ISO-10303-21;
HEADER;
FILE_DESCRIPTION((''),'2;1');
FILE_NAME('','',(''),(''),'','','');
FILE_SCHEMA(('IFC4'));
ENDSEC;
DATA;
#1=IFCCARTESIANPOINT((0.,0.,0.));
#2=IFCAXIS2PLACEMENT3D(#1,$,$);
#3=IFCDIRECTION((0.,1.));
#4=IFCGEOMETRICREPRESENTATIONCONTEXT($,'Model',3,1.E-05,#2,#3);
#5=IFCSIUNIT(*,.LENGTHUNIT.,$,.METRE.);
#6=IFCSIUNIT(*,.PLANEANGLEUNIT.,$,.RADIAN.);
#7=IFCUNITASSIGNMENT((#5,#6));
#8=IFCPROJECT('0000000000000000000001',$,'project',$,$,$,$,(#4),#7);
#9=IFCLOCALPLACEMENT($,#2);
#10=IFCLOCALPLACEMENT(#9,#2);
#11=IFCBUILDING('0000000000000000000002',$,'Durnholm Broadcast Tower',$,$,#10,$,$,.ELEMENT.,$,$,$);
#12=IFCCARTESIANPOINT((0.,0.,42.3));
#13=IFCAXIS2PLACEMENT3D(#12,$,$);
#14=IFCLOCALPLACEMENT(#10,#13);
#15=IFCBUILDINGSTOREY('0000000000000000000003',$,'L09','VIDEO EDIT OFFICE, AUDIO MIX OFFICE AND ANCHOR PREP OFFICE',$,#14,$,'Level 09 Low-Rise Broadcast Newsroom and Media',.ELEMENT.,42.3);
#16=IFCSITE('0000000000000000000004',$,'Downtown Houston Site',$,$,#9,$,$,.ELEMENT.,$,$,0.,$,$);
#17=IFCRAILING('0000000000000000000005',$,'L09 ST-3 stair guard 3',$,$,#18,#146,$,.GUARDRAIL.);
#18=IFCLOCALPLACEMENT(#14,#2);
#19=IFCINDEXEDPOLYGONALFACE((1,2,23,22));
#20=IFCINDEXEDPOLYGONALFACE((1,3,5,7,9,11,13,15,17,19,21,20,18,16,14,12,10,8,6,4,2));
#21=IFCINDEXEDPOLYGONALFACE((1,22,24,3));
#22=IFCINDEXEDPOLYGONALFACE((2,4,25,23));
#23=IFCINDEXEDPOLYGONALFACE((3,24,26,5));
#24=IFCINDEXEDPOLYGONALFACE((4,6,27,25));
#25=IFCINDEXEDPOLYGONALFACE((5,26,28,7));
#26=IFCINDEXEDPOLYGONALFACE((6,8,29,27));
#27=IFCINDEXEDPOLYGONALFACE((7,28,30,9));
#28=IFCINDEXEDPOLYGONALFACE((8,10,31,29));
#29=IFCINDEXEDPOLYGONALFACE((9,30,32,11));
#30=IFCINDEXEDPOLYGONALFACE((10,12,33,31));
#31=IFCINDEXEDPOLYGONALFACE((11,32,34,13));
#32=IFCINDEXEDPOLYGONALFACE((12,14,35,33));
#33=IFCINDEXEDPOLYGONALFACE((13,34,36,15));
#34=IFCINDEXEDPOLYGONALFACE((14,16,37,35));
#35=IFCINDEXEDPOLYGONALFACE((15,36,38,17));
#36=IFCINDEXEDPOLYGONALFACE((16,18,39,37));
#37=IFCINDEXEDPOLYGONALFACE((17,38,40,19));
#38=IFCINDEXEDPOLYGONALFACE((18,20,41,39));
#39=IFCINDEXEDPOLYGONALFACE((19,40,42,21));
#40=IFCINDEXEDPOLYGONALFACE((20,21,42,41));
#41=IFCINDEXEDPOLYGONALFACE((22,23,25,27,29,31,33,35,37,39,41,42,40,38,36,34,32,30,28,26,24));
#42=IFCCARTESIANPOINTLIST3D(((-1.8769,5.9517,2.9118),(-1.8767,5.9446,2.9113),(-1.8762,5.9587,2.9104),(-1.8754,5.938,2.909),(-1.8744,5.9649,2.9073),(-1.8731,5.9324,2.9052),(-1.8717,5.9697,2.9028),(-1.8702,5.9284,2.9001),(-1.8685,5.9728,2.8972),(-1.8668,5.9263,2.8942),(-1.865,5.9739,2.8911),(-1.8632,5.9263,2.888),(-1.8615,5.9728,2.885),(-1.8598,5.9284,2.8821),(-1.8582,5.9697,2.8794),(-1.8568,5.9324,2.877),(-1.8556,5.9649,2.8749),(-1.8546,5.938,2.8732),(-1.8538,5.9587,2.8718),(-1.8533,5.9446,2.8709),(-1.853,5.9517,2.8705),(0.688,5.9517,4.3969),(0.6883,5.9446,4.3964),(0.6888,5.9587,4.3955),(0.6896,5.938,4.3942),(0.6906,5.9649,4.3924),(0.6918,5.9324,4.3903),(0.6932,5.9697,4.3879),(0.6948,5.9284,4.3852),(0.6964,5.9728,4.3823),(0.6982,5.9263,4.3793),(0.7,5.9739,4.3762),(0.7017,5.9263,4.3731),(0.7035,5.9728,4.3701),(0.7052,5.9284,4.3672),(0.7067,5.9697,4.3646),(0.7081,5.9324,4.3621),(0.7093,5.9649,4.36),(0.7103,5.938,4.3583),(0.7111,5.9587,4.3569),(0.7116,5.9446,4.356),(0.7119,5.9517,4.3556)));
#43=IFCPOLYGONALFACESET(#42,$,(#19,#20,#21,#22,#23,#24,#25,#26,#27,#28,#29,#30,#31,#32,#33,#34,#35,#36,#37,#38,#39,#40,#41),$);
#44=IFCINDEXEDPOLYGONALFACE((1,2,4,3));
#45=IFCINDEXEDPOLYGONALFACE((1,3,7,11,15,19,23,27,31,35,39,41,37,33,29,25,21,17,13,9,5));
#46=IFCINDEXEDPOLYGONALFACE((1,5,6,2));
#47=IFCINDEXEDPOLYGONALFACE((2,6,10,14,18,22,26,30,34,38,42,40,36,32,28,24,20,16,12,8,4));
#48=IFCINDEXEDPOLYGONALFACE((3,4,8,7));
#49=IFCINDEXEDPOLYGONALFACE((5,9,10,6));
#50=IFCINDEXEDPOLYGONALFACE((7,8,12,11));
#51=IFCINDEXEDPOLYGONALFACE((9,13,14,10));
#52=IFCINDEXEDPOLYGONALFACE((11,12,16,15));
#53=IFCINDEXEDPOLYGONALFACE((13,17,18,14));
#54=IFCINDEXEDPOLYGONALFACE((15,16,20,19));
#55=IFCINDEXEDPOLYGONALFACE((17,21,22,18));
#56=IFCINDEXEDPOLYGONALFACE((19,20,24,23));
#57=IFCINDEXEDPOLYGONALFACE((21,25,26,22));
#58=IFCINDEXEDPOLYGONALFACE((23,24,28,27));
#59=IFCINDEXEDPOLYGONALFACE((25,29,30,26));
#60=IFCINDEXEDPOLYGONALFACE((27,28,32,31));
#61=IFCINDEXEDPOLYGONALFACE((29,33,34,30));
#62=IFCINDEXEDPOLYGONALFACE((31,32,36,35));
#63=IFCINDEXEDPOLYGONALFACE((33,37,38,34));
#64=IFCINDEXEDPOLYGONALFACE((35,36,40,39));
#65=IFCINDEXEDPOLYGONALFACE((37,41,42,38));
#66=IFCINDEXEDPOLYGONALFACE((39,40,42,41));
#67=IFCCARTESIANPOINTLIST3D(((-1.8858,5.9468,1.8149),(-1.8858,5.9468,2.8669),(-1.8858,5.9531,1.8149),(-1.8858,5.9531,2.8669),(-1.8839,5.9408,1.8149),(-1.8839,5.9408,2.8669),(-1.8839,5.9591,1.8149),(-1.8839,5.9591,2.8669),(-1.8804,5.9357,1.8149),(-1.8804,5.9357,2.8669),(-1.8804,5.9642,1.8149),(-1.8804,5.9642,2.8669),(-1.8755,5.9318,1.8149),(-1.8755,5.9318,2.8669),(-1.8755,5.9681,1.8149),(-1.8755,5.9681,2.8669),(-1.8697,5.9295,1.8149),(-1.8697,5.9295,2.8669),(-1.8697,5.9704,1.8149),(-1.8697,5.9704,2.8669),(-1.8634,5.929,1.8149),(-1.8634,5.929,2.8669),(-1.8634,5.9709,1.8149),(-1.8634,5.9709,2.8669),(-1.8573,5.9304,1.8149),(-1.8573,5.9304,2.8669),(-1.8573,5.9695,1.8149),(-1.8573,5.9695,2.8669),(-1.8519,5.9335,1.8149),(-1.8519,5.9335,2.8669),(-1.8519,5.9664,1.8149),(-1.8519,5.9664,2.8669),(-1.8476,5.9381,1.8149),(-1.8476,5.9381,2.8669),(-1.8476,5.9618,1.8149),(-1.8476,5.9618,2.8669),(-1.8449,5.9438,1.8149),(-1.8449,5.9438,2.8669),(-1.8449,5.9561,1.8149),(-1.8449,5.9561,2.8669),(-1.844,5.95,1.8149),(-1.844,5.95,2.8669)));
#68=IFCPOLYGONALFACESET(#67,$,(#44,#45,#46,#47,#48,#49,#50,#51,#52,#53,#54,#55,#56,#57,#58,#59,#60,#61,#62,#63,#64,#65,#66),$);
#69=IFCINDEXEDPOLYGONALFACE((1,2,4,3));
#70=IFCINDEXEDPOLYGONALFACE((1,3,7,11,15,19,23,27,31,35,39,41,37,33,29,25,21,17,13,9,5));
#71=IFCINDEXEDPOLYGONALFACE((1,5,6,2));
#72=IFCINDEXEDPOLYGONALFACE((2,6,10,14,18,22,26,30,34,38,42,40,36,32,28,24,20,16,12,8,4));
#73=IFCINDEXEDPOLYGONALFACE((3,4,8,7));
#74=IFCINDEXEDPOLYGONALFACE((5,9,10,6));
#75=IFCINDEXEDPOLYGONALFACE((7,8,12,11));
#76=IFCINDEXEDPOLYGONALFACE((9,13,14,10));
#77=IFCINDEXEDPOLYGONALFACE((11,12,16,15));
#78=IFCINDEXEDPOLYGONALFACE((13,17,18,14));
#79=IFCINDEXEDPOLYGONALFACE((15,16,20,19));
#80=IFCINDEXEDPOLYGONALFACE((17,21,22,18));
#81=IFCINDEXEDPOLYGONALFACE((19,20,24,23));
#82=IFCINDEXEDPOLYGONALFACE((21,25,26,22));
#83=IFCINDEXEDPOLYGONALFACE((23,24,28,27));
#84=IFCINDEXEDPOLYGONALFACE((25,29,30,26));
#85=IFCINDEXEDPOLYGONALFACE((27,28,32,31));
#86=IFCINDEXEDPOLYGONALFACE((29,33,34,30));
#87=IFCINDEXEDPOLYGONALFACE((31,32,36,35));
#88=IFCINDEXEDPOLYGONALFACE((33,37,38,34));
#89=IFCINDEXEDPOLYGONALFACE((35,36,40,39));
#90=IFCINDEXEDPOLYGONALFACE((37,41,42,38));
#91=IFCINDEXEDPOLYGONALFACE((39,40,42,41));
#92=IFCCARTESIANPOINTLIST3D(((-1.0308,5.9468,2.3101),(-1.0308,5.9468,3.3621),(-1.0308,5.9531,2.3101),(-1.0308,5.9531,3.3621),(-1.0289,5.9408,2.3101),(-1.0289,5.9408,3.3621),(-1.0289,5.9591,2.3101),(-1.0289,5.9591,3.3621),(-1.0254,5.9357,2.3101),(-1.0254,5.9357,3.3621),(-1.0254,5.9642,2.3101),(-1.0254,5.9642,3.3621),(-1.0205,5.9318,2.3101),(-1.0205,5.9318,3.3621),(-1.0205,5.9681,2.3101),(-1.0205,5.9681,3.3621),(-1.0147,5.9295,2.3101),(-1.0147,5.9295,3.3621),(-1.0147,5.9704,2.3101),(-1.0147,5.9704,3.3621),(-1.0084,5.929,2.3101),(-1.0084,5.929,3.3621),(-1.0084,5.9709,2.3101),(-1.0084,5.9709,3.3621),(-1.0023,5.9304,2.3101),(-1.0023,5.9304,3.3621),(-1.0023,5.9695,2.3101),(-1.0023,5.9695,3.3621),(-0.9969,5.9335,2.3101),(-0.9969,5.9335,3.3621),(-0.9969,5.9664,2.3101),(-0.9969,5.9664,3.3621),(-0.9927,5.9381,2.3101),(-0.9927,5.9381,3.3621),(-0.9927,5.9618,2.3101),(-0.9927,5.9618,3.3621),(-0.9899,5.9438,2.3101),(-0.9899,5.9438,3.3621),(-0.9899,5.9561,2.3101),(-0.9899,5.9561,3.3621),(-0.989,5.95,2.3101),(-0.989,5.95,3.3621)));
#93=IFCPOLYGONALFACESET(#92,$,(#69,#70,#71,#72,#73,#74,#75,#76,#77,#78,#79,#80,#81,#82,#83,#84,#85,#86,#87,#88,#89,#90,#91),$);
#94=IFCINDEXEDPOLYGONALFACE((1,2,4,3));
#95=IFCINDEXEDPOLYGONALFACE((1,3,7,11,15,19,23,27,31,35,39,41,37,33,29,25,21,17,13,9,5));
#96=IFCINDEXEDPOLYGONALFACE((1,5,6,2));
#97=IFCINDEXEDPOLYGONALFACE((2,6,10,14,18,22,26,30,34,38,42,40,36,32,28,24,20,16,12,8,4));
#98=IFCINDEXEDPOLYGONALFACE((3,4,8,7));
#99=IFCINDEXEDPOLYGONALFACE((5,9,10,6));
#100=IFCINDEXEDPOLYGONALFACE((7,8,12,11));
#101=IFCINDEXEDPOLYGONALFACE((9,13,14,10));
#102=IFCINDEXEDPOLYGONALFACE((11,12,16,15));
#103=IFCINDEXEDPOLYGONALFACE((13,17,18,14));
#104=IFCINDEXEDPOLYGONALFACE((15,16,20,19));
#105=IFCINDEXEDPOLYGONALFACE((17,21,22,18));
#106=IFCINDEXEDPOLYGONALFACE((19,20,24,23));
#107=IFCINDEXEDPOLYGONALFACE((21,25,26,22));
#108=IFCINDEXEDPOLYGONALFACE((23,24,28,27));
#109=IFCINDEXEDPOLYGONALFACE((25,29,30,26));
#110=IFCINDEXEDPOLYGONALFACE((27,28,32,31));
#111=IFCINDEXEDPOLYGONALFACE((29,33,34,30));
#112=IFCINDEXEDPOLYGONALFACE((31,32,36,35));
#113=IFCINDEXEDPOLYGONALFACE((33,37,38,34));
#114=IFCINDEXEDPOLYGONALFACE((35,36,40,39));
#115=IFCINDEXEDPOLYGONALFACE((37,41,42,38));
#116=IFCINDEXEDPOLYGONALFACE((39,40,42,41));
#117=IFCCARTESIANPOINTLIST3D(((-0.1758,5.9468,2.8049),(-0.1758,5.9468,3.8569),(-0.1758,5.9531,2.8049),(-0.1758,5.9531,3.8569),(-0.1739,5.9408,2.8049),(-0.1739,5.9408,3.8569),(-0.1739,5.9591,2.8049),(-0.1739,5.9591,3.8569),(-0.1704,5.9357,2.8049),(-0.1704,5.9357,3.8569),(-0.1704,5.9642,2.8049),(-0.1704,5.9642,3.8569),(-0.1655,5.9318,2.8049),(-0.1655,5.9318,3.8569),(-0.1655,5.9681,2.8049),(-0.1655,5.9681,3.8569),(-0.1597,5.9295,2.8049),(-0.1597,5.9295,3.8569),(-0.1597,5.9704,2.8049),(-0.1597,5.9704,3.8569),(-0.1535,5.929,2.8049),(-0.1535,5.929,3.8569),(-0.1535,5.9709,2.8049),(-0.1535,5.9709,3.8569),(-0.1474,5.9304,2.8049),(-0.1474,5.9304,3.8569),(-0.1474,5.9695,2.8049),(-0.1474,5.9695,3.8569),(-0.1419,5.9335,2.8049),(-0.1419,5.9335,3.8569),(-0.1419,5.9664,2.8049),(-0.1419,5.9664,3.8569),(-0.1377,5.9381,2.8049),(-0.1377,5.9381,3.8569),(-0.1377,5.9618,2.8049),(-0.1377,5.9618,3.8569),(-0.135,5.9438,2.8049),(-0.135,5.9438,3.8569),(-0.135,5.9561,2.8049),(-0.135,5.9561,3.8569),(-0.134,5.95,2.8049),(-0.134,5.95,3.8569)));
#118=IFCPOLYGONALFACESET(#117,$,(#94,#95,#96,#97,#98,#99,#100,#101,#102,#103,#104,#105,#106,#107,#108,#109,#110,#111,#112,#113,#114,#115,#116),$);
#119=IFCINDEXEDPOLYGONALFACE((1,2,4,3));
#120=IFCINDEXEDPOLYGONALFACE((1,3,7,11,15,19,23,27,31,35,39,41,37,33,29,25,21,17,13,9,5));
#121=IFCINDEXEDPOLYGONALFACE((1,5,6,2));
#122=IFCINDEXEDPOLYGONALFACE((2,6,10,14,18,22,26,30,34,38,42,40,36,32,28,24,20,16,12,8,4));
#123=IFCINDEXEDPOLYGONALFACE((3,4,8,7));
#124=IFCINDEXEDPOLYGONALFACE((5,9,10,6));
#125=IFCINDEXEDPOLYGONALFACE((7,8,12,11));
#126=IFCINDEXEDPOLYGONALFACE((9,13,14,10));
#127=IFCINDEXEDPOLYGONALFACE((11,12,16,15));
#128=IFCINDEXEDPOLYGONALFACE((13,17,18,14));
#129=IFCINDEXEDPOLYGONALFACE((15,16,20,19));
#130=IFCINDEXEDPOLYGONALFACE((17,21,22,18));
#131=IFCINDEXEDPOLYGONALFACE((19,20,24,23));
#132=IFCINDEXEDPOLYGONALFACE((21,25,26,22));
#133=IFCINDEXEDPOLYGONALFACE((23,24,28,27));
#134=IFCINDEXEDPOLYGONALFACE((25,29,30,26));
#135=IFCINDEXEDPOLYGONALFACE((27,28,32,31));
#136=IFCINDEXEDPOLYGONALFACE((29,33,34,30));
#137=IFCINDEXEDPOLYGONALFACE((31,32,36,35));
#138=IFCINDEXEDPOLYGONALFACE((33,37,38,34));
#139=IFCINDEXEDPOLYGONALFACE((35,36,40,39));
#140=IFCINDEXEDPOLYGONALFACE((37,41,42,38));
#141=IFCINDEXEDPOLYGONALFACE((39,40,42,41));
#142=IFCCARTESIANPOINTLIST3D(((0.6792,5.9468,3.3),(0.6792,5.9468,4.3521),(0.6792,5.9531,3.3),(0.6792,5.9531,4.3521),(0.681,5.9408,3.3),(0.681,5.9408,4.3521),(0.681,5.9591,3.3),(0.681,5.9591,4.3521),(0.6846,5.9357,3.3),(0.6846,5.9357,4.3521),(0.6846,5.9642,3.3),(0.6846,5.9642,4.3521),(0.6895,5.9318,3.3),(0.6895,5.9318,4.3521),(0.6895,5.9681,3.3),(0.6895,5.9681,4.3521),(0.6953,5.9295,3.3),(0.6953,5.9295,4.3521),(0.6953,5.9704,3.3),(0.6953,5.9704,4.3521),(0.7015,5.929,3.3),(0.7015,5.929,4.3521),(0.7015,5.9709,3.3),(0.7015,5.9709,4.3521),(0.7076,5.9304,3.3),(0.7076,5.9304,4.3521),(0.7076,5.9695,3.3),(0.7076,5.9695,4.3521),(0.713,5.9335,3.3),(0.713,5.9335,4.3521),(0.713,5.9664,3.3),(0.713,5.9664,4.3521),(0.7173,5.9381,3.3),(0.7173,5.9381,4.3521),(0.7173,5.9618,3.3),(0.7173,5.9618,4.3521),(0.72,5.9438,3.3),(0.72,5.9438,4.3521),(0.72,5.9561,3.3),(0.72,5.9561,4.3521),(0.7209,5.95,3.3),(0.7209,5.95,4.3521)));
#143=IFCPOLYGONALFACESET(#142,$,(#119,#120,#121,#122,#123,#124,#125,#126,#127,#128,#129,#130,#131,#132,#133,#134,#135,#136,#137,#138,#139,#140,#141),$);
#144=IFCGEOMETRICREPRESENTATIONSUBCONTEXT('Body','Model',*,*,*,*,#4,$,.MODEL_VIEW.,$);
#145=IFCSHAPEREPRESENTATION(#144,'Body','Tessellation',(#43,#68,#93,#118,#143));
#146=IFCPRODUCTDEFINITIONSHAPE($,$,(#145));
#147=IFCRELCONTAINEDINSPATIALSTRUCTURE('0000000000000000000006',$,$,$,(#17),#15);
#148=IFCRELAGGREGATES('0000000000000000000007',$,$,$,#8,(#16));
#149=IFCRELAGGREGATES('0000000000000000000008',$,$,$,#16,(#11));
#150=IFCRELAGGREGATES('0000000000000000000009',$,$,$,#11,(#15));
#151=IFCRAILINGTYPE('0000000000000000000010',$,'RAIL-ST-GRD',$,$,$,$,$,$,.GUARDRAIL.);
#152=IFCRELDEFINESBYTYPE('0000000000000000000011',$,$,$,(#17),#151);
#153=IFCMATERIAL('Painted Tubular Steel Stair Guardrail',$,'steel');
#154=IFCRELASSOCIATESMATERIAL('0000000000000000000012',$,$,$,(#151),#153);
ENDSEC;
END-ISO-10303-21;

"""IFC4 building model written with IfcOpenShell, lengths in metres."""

from ifc_helpers import new_model, si_unit, direction, frame, origin, origin_2d, place, context, subcontext, project, spatial, circle, extrude, material, type_object, element, save


model = new_model("IFC4")

# Units and contexts
model_context = context("Model", 3, precision=1e-05, world=origin(), true_north=direction((0.0, 1.0)))
body_context = subcontext(model_context, "Body", "Model", "MODEL_VIEW")
ifc_project = project(units=[si_unit("LENGTHUNIT", "METRE"), si_unit("PLANEANGLEUNIT", "RADIAN")], contexts=[model_context])

# Site, building, storey
site_placement = place(None, origin())
site = spatial("IfcSite", under=ifc_project, at=site_placement, Name="Downtown Houston Site", CompositionType="ELEMENT", RefElevation=0.0)
building_placement = place(site_placement, origin())
building = spatial("IfcBuilding", under=site, at=building_placement, Name="Durnholm Broadcast Tower", CompositionType="ELEMENT")
storey_placement = place(building_placement, frame((0.0, 0.0, 42.3)))
storey = spatial("IfcBuildingStorey", under=building, at=storey_placement, Name="L09", Description="VIDEO EDIT OFFICE, AUDIO MIX OFFICE AND ANCHOR PREP OFFICE", LongName="Level 09 Low-Rise Broadcast Newsroom and Media", CompositionType="ELEMENT", Elevation=42.3)

# Railing
ifc_material_1 = material(Name="Painted Tubular Steel Stair Guardrail", Category="steel")
railing_type_1 = type_object("IfcRailingType", Name="RAIL-ST-GRD", PredefinedType="GUARDRAIL", material=ifc_material_1)
railing_1_placement = place(storey_placement, frame((-1.865, 5.95, 1.8149)))
element("IfcRailing", 1, at=railing_1_placement, inside=storey, type_object=railing_type_1, Name="L09 ST-3 stair guard 3", PredefinedType="GUARDRAIL", context=body_context, shape_type="SweptSolid", body=[
    extrude(circle(Radius=0.0239, at=origin_2d()), frame((0.0, 0.0, 1.0762), z_axis=(0.865406, 0.0, 0.501072), x_axis=(0.0, 1.0, 0.0)), (0.0, 0.0, 1.0), 2.9639),
    extrude(circle(Radius=0.021, at=origin_2d()), origin(), (0.0, 0.0, 1.0), 1.052),
    extrude(circle(Radius=0.021, at=origin_2d()), frame((0.855, 0.0, 0.4951)), (0.0, 0.0, 1.0), 1.052),
    extrude(circle(Radius=0.021, at=origin_2d()), frame((1.71, 0.0, 0.99)), (0.0, 0.0, 1.0), 1.052),
    extrude(circle(Radius=0.021, at=origin_2d()), frame((2.5649, 0.0, 1.4851)), (0.0, 0.0, 1.0), 1.052),
])

save(model, "model.ifc")
